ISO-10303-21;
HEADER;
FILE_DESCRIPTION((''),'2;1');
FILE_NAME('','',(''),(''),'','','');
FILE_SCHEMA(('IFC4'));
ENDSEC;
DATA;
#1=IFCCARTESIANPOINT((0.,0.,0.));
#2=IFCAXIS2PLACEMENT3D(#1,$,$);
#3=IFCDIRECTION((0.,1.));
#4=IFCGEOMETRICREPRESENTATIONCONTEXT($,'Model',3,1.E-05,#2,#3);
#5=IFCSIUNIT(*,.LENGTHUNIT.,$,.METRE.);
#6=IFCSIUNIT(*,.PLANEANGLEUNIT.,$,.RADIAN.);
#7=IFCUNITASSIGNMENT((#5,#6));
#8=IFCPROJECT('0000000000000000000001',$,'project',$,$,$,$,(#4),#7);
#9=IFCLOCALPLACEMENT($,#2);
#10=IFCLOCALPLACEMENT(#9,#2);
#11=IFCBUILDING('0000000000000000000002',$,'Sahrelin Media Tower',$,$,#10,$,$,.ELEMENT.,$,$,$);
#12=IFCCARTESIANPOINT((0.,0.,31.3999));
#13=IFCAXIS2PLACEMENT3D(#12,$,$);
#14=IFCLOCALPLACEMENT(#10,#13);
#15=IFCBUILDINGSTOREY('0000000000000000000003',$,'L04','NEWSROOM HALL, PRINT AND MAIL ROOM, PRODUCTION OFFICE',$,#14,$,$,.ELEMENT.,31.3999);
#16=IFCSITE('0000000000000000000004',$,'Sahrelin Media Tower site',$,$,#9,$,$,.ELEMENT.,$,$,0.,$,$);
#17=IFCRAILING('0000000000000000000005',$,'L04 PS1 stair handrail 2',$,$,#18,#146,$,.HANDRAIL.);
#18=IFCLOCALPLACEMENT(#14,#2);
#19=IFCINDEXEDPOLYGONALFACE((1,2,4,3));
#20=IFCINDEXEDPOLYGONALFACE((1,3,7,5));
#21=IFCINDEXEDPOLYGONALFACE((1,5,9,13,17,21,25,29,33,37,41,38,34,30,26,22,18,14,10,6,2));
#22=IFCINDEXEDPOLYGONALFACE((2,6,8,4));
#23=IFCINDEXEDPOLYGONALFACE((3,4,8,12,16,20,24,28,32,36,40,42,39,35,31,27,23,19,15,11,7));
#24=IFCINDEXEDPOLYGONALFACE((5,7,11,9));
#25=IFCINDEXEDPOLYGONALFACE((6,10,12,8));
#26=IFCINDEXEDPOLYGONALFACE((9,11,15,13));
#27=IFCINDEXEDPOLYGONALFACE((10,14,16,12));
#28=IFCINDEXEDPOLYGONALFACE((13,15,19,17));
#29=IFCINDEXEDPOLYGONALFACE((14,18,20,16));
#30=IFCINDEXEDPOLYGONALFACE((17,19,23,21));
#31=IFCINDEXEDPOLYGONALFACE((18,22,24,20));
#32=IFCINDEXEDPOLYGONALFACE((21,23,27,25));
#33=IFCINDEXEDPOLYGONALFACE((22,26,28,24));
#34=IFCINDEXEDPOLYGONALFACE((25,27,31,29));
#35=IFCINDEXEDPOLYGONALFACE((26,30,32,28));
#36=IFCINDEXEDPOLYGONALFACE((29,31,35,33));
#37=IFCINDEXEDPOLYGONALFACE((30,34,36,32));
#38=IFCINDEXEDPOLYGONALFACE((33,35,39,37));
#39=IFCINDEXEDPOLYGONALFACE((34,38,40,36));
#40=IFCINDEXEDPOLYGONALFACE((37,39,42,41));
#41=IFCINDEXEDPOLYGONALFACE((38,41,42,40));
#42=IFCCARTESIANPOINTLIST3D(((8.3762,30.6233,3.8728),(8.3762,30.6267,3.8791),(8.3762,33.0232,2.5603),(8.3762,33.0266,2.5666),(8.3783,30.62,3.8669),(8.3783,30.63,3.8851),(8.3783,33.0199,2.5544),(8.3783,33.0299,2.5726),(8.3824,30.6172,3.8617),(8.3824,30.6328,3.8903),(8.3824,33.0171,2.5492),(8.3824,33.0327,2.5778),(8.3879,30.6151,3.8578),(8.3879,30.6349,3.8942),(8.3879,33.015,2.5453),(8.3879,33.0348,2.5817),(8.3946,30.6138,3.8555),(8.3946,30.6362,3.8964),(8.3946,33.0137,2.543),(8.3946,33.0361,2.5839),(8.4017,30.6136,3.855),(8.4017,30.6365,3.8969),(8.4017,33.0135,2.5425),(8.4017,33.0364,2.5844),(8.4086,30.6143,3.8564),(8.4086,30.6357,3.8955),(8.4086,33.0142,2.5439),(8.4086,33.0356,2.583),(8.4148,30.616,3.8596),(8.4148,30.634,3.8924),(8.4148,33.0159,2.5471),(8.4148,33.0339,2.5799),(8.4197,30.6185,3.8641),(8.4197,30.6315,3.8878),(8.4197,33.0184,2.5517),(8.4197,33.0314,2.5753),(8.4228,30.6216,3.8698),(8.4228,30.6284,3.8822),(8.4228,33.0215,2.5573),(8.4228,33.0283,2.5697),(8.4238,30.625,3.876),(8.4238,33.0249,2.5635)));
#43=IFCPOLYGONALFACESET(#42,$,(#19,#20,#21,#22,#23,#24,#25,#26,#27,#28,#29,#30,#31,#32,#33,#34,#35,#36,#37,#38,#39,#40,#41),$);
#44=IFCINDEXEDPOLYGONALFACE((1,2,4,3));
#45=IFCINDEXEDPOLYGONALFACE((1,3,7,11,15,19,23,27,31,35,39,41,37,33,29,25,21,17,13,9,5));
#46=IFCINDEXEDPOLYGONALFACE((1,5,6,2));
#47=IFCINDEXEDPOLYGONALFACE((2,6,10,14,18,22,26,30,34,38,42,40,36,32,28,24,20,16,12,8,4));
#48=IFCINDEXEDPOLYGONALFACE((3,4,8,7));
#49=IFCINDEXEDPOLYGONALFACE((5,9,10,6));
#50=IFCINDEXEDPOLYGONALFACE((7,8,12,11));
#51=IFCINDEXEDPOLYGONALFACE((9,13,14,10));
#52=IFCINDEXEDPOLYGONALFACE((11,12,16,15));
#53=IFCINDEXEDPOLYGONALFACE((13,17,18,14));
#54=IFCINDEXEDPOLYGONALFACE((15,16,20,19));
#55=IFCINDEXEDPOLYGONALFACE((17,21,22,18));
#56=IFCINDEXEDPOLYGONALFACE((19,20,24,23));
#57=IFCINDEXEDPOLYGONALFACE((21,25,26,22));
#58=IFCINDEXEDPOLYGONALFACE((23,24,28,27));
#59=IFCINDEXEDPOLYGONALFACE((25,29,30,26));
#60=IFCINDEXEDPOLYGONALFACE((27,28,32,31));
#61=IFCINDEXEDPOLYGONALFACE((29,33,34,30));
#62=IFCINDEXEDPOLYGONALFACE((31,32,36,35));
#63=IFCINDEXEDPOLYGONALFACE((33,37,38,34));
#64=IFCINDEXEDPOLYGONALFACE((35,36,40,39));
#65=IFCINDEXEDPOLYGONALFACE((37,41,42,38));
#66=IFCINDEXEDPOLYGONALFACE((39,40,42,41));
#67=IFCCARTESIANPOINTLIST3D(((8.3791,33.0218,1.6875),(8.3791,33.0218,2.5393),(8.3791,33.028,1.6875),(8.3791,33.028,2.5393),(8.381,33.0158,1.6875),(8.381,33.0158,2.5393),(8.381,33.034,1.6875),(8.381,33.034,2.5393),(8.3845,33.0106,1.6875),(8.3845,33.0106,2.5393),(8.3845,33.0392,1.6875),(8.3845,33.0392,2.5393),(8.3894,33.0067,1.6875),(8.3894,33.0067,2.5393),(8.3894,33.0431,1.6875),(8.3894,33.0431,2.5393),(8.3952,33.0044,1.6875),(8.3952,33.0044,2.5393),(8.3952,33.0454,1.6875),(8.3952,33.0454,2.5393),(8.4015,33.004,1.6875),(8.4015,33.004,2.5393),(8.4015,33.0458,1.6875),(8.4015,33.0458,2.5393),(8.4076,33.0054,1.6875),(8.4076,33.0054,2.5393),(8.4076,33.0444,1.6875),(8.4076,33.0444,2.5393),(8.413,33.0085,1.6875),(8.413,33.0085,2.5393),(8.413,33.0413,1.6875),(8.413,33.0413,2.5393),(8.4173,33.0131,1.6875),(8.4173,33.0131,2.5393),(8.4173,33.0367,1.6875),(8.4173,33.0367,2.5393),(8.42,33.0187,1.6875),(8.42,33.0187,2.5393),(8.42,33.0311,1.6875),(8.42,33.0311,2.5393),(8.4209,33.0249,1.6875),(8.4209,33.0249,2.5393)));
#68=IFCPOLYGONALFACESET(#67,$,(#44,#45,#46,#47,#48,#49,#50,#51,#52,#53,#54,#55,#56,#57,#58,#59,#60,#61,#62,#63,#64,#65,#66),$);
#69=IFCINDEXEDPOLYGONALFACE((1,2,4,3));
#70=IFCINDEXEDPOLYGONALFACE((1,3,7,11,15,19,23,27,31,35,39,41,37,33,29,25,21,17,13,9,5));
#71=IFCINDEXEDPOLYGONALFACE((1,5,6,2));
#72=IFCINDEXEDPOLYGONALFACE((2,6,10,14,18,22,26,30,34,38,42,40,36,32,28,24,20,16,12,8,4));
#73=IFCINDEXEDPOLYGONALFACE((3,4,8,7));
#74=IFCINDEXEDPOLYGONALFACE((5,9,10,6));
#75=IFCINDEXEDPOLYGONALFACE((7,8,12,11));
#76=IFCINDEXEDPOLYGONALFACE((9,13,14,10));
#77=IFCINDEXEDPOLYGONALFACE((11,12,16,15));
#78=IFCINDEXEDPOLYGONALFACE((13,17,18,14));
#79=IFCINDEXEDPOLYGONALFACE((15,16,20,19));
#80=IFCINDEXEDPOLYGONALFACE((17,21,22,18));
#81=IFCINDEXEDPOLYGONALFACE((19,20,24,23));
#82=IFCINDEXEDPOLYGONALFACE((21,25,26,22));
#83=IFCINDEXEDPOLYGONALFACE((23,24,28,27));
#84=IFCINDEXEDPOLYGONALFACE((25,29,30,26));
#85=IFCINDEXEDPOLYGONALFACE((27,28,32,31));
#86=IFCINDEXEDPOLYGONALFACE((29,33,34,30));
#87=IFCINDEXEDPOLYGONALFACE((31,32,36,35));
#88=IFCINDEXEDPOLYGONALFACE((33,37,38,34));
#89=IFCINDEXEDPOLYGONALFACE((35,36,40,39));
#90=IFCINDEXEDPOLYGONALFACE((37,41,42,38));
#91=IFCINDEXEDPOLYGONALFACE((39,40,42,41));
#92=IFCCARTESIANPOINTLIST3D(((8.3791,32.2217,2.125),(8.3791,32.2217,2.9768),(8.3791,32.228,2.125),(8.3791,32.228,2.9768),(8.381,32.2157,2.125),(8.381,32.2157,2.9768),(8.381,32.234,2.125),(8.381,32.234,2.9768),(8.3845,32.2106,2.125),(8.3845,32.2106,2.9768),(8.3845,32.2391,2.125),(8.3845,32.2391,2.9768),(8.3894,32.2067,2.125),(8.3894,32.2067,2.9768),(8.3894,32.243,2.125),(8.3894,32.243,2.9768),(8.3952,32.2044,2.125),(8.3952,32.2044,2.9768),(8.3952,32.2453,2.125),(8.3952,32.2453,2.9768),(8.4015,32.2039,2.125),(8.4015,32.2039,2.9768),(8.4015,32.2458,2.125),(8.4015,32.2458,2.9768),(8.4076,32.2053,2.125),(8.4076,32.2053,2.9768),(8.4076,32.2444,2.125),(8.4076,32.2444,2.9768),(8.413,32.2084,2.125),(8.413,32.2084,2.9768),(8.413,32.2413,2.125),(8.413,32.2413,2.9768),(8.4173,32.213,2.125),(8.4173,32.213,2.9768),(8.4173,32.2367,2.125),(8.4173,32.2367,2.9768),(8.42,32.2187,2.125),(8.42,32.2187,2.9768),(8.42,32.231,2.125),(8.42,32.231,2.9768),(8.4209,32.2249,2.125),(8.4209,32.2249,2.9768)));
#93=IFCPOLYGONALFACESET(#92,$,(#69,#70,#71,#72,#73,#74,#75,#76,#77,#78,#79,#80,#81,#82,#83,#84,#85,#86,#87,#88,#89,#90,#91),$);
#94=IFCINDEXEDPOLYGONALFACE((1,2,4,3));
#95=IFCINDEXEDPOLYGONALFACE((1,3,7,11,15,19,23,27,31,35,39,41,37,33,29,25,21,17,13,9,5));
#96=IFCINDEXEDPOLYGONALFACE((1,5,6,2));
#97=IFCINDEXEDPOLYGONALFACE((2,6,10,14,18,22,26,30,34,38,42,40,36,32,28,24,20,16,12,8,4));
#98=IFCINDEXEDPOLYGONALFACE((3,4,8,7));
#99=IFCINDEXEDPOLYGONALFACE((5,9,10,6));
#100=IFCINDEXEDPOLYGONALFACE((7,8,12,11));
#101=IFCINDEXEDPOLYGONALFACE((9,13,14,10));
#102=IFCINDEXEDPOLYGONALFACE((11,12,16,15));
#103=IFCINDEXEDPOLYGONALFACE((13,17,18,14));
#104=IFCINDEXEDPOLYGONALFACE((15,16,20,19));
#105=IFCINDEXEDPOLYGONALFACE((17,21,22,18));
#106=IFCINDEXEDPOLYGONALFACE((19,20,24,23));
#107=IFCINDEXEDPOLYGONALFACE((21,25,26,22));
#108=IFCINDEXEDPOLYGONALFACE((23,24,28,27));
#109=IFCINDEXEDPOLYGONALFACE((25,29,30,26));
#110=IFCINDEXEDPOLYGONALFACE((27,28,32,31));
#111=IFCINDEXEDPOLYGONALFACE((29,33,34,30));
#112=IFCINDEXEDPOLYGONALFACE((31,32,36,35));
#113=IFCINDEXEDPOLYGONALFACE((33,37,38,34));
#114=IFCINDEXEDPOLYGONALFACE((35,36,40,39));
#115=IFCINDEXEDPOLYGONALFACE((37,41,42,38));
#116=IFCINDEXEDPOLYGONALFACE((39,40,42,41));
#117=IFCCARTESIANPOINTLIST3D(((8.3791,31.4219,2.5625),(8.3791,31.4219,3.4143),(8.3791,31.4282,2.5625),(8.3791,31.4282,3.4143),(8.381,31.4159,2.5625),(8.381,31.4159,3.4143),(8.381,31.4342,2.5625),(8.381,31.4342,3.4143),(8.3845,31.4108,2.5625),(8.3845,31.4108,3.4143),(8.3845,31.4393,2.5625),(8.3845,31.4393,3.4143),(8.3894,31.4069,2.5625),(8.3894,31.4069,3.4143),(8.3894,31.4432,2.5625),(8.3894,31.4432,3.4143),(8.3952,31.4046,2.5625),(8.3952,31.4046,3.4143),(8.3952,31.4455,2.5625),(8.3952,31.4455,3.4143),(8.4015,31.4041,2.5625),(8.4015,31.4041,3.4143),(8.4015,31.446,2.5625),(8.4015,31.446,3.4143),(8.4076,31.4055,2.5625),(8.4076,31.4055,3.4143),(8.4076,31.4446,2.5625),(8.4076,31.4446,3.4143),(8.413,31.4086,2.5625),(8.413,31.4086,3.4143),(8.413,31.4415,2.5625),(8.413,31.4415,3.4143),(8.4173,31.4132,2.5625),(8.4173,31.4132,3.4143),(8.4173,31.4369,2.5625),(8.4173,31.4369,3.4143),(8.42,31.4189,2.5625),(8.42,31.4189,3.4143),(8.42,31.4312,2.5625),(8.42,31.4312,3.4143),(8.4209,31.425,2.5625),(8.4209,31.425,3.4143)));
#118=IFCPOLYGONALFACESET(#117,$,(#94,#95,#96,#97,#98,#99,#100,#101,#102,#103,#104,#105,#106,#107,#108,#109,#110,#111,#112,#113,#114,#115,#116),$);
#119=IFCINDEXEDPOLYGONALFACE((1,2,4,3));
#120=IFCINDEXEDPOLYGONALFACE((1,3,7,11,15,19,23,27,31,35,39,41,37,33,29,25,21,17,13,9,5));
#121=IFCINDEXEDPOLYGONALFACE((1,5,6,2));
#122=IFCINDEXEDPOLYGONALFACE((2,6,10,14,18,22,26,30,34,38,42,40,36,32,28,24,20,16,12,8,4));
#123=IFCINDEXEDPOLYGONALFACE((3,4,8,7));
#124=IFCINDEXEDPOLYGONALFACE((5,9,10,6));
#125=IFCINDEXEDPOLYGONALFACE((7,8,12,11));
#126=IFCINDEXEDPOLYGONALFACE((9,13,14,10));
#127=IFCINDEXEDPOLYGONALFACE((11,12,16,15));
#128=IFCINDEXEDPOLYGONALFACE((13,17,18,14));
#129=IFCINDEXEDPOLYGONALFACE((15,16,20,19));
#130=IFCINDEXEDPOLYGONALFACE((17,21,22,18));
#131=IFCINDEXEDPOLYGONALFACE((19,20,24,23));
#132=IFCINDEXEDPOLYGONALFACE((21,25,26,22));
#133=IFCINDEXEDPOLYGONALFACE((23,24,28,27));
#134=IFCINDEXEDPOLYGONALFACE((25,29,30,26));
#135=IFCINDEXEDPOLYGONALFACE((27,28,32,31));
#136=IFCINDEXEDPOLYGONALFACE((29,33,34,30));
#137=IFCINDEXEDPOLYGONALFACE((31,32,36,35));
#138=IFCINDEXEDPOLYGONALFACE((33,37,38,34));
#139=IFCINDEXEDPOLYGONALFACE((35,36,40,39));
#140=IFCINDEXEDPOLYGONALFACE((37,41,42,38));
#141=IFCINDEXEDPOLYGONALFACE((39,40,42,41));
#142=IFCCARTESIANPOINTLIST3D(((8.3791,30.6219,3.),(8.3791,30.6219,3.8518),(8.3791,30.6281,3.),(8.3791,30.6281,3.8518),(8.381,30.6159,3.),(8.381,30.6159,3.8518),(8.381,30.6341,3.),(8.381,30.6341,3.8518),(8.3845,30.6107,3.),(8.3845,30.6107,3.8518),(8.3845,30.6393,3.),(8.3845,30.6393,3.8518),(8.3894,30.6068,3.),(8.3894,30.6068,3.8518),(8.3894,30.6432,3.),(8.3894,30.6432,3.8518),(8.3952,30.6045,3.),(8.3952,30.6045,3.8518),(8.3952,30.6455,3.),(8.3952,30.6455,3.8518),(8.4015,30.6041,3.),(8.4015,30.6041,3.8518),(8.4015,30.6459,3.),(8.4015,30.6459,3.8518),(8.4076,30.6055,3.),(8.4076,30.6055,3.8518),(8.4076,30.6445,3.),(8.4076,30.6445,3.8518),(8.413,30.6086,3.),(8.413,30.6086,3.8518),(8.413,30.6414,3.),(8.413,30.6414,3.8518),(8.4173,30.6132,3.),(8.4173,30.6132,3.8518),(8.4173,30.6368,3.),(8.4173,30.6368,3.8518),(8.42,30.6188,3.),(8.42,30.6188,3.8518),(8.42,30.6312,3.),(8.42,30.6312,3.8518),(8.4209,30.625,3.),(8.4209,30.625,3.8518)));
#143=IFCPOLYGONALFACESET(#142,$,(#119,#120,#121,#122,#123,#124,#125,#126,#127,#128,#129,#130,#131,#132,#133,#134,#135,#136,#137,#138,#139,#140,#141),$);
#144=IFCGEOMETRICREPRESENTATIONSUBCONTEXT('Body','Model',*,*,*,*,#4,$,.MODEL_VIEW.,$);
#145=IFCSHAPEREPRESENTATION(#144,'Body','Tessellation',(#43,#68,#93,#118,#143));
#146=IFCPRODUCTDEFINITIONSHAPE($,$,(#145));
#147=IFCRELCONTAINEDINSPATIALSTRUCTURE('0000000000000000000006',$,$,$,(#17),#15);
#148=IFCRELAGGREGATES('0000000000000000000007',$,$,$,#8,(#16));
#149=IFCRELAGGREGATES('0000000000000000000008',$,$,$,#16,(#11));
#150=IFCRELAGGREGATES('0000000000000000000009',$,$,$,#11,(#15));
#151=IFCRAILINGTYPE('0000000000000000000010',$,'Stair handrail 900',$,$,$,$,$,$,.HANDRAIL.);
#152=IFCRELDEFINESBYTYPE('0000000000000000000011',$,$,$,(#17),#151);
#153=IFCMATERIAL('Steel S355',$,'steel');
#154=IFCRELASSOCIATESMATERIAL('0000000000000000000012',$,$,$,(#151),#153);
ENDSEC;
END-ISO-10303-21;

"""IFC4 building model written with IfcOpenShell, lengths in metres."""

from ifc_helpers import new_model, si_unit, direction, frame, origin, origin_2d, place, context, subcontext, project, spatial, circle, extrude, material, type_object, element, save


model = new_model("IFC4")

# Units and contexts
model_context = context("Model", 3, precision=1e-05, world=origin(), true_north=direction((0.0, 1.0)))
body_context = subcontext(model_context, "Body", "Model", "MODEL_VIEW")
ifc_project = project(units=[si_unit("LENGTHUNIT", "METRE"), si_unit("PLANEANGLEUNIT", "RADIAN")], contexts=[model_context])

# Site, building, storey
site_placement = place(None, origin())
site = spatial("IfcSite", under=ifc_project, at=site_placement, Name="Sahrelin Media Tower site", CompositionType="ELEMENT", RefElevation=0.0)
building_placement = place(site_placement, origin())
building = spatial("IfcBuilding", under=site, at=building_placement, Name="Sahrelin Media Tower", CompositionType="ELEMENT")
storey_placement = place(building_placement, frame((0.0, 0.0, 31.3999)))
storey = spatial("IfcBuildingStorey", under=building, at=storey_placement, Name="L04", Description="NEWSROOM HALL, PRINT AND MAIL ROOM, PRODUCTION OFFICE", CompositionType="ELEMENT", Elevation=31.3999)

# Shared definitions
ifc_material_1 = material(Name="Steel S355", Category="steel")

# Railing
railing_type_1 = type_object("IfcRailingType", Name="Stair handrail 900", PredefinedType="HANDRAIL", material=ifc_material_1)
railing_1_placement = place(storey_placement, frame((8.3999, 33.0249, 1.6875)))
element("IfcRailing", 1, at=railing_1_placement, inside=storey, type_object=railing_type_1, Name="L04 PS1 stair handrail 2", PredefinedType="HANDRAIL", context=body_context, shape_type="SweptSolid", body=[
    extrude(circle(Radius=0.0239, at=origin_2d()), frame((0.0, 0.0, 0.876), z_axis=(0.0, -0.877363, 0.479827), x_axis=(1.0, 0.0, 0.0)), (0.0, 0.0, 1.0), 2.7354),
    extrude(circle(Radius=0.021, at=origin_2d()), origin(), (0.0, 0.0, 1.0), 0.8518),
    extrude(circle(Radius=0.021, at=origin_2d()), frame((0.0, -0.8, 0.4375)), (0.0, 0.0, 1.0), 0.8518),
    extrude(circle(Radius=0.021, at=origin_2d()), frame((0.0, -1.5999, 0.875)), (0.0, 0.0, 1.0), 0.8518),
    extrude(circle(Radius=0.021, at=origin_2d()), frame((0.0, -2.3999, 1.3125)), (0.0, 0.0, 1.0), 0.8518),
])

save(model, "model.ifc")
